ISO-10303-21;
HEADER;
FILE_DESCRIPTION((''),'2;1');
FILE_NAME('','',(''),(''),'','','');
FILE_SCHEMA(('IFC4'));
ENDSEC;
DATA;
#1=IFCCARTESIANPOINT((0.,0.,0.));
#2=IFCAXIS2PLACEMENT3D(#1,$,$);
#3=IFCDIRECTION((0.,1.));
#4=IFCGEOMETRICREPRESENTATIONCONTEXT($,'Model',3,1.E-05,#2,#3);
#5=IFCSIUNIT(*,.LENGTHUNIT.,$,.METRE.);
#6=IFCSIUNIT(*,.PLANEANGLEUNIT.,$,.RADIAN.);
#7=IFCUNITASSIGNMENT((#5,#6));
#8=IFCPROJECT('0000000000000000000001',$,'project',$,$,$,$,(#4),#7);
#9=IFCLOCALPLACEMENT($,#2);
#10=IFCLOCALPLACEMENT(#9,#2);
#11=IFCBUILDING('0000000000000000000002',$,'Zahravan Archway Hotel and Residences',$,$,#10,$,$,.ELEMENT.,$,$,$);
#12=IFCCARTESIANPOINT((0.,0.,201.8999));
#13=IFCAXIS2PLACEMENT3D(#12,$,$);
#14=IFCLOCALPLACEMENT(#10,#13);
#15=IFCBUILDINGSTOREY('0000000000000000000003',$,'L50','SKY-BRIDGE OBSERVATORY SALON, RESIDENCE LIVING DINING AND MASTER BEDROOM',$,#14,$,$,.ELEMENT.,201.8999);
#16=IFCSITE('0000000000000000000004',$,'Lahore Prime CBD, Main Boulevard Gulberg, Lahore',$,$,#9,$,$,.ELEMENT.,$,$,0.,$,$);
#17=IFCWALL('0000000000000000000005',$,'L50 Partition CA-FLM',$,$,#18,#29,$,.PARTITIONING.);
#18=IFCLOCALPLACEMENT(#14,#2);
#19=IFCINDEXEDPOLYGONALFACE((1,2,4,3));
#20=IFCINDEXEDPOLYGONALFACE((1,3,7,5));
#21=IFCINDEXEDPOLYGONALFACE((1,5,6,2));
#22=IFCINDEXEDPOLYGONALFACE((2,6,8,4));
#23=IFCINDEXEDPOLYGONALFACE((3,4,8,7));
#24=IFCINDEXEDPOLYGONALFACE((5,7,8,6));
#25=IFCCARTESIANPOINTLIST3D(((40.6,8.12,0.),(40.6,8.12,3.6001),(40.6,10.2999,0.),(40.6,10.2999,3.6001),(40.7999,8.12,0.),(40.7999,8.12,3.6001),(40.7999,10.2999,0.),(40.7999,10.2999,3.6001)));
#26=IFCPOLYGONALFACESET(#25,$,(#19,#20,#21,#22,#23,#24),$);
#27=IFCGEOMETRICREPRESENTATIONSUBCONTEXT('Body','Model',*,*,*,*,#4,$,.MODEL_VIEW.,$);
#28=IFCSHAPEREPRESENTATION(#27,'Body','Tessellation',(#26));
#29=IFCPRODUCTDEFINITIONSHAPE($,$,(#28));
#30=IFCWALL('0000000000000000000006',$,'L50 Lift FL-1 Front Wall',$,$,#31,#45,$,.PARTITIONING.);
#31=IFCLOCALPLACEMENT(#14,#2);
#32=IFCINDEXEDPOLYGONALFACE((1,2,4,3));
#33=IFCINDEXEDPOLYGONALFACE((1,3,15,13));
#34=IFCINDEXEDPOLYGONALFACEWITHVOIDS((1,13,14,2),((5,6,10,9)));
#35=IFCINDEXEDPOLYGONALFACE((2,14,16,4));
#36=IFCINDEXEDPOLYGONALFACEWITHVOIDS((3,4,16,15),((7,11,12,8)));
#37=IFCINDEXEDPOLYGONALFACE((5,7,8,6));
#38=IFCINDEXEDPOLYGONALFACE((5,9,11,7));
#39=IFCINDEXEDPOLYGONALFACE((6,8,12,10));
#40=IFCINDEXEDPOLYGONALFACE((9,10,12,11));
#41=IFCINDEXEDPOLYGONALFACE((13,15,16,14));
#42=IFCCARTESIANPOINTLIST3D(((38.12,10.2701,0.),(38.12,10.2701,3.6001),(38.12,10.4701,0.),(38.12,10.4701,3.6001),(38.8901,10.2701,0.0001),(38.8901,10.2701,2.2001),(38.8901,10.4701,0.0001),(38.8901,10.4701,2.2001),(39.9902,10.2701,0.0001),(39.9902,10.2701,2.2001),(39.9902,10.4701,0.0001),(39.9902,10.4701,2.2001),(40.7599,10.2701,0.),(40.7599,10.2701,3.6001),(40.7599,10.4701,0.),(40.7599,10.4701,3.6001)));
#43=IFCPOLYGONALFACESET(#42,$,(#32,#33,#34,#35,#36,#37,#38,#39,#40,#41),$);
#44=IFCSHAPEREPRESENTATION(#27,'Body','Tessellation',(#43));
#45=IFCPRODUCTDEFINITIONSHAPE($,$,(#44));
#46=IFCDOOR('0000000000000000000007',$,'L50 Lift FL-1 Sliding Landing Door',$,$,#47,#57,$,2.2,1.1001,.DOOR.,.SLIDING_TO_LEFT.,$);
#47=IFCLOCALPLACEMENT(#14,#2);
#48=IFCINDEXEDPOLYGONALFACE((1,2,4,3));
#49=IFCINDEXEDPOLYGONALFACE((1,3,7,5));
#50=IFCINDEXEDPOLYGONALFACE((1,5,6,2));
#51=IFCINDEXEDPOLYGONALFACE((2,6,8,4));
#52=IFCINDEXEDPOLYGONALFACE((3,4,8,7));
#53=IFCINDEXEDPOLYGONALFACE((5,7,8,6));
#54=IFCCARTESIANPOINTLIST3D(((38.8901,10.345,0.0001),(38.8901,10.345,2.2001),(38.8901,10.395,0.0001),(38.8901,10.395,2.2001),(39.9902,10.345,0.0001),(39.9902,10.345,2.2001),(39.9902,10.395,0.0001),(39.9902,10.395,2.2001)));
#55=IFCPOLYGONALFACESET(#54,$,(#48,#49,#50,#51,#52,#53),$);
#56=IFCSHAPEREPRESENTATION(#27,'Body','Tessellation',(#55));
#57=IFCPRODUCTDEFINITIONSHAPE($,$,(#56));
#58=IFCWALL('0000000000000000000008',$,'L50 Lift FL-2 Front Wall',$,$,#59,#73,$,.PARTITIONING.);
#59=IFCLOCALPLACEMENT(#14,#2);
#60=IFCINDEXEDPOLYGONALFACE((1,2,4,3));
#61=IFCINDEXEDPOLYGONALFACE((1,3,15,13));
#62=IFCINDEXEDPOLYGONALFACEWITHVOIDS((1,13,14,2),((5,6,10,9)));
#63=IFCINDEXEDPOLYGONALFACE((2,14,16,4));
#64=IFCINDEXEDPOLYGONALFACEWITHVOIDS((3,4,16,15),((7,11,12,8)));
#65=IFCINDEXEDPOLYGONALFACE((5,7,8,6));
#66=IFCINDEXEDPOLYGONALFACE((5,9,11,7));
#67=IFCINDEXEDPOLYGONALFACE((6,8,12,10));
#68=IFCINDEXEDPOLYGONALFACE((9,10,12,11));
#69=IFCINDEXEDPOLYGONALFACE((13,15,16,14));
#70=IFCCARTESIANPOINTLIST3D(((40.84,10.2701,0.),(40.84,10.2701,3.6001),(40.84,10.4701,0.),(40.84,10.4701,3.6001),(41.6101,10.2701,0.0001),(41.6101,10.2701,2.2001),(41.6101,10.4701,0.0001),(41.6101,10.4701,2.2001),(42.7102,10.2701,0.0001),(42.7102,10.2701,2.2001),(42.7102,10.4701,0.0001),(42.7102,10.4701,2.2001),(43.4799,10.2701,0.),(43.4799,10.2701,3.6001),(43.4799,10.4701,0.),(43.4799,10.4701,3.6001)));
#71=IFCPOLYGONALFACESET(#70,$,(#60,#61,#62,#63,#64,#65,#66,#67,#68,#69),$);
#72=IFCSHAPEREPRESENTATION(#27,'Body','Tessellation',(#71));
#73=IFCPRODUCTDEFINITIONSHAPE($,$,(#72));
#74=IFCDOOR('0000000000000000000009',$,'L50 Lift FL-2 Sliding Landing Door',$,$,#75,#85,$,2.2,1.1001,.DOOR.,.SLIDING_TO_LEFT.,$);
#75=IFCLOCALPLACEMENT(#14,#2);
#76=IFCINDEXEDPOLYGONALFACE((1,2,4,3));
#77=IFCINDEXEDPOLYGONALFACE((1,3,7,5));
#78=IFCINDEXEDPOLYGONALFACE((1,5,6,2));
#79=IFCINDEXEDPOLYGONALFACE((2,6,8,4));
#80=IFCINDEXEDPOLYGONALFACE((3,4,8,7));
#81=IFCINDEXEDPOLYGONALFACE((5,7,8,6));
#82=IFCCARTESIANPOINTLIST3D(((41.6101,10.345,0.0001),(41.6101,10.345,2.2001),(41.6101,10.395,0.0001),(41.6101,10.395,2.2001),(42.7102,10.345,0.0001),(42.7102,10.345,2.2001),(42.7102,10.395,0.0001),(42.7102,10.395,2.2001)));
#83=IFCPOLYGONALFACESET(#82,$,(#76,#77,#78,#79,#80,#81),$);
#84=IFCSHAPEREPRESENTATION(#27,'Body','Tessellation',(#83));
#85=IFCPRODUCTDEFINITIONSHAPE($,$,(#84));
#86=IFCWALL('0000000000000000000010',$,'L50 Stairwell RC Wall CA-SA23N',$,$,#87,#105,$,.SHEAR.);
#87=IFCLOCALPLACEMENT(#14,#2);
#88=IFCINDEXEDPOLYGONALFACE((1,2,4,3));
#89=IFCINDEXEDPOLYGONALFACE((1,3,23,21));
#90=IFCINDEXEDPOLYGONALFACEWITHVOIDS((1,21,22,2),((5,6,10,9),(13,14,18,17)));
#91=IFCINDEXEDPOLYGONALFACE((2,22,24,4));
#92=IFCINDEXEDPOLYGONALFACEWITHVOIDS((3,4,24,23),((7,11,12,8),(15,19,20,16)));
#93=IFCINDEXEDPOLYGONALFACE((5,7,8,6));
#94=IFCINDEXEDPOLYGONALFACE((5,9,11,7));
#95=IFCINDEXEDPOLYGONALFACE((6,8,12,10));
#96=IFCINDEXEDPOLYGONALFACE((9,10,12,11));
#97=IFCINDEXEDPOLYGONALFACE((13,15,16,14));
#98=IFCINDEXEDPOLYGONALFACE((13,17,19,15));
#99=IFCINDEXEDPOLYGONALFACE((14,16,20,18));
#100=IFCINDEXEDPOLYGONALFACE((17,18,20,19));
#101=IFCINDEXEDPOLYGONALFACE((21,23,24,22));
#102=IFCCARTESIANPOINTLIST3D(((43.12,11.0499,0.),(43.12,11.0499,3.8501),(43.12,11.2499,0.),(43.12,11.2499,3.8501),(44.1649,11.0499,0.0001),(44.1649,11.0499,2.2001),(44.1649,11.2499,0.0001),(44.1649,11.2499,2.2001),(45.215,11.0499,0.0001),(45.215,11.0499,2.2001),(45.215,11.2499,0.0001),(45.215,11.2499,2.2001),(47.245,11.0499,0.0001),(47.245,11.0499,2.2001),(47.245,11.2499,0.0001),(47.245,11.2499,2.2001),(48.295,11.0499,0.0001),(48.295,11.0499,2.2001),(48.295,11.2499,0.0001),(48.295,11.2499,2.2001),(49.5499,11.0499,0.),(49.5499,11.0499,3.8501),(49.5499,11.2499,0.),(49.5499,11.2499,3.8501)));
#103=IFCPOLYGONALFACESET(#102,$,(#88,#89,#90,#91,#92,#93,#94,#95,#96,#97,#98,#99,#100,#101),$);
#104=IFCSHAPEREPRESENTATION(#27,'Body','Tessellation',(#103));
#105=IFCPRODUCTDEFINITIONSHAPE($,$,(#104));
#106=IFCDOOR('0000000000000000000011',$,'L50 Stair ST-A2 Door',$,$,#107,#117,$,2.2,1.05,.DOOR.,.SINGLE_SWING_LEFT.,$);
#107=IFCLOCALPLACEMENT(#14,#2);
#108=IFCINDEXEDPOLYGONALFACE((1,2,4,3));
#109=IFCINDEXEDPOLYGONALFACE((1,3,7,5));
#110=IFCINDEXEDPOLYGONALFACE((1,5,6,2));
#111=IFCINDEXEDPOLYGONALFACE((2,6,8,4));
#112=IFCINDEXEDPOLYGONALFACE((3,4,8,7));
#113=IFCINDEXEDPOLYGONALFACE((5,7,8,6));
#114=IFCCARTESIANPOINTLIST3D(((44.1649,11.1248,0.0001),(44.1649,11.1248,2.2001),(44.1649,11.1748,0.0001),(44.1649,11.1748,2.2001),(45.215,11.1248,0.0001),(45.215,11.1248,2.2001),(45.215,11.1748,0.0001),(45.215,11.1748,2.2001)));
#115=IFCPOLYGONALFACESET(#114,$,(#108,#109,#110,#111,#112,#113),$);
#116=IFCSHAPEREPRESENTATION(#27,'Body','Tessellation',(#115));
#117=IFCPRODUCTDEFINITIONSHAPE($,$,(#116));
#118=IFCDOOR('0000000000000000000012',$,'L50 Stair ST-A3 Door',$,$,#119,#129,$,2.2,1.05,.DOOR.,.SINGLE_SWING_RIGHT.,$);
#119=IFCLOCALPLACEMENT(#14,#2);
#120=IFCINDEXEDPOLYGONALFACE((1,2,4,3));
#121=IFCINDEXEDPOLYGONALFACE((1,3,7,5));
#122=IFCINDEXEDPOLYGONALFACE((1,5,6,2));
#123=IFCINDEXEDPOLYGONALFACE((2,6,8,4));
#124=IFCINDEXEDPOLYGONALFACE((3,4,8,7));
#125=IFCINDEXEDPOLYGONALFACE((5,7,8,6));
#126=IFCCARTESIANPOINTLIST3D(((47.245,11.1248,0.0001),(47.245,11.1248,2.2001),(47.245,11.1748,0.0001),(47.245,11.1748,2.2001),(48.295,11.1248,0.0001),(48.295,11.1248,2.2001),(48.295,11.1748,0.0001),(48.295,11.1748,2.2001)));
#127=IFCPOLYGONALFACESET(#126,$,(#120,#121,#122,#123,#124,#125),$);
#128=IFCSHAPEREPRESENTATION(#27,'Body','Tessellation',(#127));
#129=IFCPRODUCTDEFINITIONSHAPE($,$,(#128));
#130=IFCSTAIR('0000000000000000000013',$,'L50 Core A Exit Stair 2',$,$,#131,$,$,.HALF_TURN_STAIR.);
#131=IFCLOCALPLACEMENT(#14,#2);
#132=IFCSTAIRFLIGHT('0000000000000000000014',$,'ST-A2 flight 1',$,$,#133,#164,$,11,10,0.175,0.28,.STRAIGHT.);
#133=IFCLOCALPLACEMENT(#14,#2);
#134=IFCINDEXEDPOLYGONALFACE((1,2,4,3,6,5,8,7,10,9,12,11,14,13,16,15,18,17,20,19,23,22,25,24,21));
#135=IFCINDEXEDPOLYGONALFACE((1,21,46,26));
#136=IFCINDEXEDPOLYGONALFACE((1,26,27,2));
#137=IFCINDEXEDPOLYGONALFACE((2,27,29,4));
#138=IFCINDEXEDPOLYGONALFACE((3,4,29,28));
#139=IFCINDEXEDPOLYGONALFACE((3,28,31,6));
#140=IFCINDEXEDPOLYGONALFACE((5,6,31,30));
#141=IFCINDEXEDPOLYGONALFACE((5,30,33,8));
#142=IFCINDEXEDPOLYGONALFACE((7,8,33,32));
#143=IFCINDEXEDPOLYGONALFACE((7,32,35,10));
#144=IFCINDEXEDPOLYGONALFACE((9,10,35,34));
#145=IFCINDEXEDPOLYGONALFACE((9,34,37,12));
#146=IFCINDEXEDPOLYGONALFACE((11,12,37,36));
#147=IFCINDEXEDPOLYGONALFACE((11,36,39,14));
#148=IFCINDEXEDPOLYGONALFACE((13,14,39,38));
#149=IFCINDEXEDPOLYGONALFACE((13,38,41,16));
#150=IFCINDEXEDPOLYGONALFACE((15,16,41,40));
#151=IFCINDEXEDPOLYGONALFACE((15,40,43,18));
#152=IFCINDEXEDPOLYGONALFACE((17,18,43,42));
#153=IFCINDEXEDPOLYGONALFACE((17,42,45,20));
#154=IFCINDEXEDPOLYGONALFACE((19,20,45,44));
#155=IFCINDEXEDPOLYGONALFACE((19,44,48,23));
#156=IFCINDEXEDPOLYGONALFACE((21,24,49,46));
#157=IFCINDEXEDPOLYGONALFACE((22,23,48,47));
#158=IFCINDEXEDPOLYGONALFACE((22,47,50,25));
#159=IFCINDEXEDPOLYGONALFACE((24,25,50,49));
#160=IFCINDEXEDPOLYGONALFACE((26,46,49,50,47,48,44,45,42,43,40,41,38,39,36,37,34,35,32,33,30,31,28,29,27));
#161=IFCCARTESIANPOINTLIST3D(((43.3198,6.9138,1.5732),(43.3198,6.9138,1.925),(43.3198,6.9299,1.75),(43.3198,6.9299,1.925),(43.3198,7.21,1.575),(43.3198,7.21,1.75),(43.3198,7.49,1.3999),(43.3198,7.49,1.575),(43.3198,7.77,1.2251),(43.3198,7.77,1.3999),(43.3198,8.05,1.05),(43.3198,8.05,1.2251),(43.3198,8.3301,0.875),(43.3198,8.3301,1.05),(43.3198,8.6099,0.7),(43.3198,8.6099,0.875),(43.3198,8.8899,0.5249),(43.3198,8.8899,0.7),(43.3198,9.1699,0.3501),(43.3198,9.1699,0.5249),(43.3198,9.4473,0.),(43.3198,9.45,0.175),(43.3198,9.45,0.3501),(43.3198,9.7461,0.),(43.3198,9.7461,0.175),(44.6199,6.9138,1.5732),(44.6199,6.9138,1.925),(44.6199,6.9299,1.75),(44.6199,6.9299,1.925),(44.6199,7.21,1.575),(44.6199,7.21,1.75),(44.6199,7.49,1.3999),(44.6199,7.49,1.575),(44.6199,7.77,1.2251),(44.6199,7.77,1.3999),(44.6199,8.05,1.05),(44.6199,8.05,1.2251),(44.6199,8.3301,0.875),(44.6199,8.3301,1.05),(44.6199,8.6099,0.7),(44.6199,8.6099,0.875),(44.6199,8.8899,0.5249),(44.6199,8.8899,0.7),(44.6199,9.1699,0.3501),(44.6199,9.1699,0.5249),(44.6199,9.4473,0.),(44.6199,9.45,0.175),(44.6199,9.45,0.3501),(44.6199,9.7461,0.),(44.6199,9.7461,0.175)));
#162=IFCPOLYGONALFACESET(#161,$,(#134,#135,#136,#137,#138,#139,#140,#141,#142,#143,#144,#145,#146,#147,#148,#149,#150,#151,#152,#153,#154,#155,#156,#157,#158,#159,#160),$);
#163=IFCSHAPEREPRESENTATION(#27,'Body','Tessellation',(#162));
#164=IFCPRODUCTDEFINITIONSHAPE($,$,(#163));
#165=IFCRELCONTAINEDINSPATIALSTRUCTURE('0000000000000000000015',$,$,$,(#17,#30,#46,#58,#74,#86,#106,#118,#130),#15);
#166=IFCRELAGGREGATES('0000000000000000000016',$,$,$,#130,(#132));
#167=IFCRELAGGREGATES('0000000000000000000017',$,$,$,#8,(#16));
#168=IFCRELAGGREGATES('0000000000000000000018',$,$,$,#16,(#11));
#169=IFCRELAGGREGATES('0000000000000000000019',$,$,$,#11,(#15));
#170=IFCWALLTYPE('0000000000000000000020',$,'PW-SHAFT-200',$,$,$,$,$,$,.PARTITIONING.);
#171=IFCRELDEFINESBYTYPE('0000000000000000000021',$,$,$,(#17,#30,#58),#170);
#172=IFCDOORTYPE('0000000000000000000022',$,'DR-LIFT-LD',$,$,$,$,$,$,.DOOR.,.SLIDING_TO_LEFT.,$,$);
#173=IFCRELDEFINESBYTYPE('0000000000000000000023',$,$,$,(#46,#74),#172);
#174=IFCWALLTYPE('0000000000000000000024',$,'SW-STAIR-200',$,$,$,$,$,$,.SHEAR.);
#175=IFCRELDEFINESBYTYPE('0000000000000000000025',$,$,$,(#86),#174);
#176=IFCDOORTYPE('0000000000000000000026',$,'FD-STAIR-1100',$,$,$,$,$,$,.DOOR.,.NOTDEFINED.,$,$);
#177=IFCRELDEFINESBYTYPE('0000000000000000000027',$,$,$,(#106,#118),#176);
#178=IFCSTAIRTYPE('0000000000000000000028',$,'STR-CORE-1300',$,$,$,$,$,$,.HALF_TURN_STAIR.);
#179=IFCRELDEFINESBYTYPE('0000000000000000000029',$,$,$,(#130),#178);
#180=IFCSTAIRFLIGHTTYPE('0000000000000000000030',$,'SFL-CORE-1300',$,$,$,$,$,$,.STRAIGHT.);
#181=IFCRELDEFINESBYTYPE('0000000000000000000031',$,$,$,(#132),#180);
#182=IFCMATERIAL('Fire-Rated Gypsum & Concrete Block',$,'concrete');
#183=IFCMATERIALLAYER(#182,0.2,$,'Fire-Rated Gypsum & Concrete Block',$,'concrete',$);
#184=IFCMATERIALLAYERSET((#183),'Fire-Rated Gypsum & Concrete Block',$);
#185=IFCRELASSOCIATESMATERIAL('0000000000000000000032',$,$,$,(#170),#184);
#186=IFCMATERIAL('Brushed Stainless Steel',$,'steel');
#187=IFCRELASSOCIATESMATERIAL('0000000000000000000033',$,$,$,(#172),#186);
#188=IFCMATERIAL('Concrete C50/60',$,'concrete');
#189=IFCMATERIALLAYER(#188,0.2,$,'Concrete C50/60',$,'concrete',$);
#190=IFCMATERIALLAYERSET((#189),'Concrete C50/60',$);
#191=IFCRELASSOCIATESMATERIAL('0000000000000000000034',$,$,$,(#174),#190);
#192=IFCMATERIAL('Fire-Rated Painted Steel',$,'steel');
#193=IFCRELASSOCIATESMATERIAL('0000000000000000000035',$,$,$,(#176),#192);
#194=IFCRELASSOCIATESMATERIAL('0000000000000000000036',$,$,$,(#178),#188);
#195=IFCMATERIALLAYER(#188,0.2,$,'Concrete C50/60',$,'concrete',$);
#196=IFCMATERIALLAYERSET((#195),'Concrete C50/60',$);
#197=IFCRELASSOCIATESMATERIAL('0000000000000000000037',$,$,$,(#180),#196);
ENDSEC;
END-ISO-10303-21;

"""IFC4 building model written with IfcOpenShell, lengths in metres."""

from ifc_helpers import new_model, si_unit, direction, frame, frame_2d, origin, place, context, subcontext, project, spatial, polyline, rectangle, outline, extrude, source, transform, mapped, material, layer, layer_set, type_object, type_shapes, element, fill, aggregate, save


model = new_model("IFC4")

# Units and contexts
model_context = context("Model", 3, precision=1e-05, world=origin(), true_north=direction((0.0, 1.0)))
body_context = subcontext(model_context, "Body", "Model", "MODEL_VIEW")
ifc_project = project(units=[si_unit("LENGTHUNIT", "METRE"), si_unit("PLANEANGLEUNIT", "RADIAN")], contexts=[model_context])

# Site, building, storey
site_placement = place(None, origin())
site = spatial("IfcSite", under=ifc_project, at=site_placement, Name="Lahore Prime CBD, Main Boulevard Gulberg, Lahore", CompositionType="ELEMENT", RefElevation=0.0)
building_placement = place(site_placement, origin())
building = spatial("IfcBuilding", under=site, at=building_placement, Name="Zahravan Archway Hotel and Residences", CompositionType="ELEMENT")
storey_placement = place(building_placement, frame((0.0, 0.0, 201.8999)))
storey = spatial("IfcBuildingStorey", under=building, at=storey_placement, Name="L50", Description="SKY-BRIDGE OBSERVATORY SALON, RESIDENCE LIVING DINING AND MASTER BEDROOM", CompositionType="ELEMENT", Elevation=201.8999)

# Shared definitions
ifc_material_1 = material(Name="Fire-Rated Gypsum & Concrete Block", Category="concrete")
ifc_material_2 = material(Name="Fire-Rated Painted Steel", Category="steel")

# Wall
ifc_layer_1 = layer(ifc_material_1, 0.2, Name="Fire-Rated Gypsum & Concrete Block", Category="concrete")
ifc_layer_set_1 = layer_set([ifc_layer_1], Name="Fire-Rated Gypsum & Concrete Block")
wall_type_1 = type_object("IfcWallType", Name="PW-SHAFT-200", PredefinedType="PARTITIONING", material=ifc_layer_set_1)
wall_1_placement = place(storey_placement, frame((40.7, 8.1201, 0.0), z_axis=(0.0, 0.0, 1.0), x_axis=(0.0, 1.0, 0.0)))
element("IfcWall", 1, at=wall_1_placement, inside=storey, type_object=wall_type_1, Name="L50 Partition CA-FLM", PredefinedType="PARTITIONING", context=body_context, shape_type="SweptSolid", body=[
    extrude(rectangle(XDim=2.1799, YDim=0.2, at=frame_2d((1.0898, 0.0))), origin(), (0.0, 0.0, 1.0), 3.6001),
])

# Walls, openings, doors
wall_2_placement = place(storey_placement, frame((38.1201, 10.3701, 0.0), z_axis=(0.0, 0.0, 1.0), x_axis=(1.0, 0.0, 0.0)))
wall_2 = element("IfcWall", 2, at=wall_2_placement, inside=storey, type_object=wall_type_1, Name="L50 Lift FL-1 Front Wall", PredefinedType="PARTITIONING", context=body_context, shape_type="SweptSolid", body=[
    extrude(rectangle(XDim=2.6399, YDim=0.2, at=frame_2d((1.3198, 0.0))), origin(), (0.0, 0.0, 1.0), 3.6001),
])
opening_1_placement = place(wall_2_placement, frame((0.77, 0.0, 0.0)))
opening_1 = element("IfcOpeningElement", 3, at=opening_1_placement, cuts=wall_2, PredefinedType="OPENING", context=body_context, shape_type="SweptSolid", body=[
    extrude(rectangle(XDim=1.1001, YDim=2.2, at=frame_2d((0.55, 1.1001))), frame((0.0, 0.1099, 0.0), z_axis=(0.0, -1.0, 0.0), x_axis=(1.0, 0.0, 0.0)), (0.0, 0.0, 1.0), 0.22),
])
ifc_material_3 = material(Name="Brushed Stainless Steel", Category="steel")
door_type_1 = type_object("IfcDoorType", Name="DR-LIFT-LD", OperationType="SLIDING_TO_LEFT", PredefinedType="DOOR", material=ifc_material_3)
shared_shape_1 = source(origin(), body_context, "Body", "SweptSolid", [
    extrude(rectangle(XDim=1.1001, YDim=2.2, at=frame_2d((0.55, 1.1001))), frame((0.0, 0.0249, 0.0), z_axis=(0.0, -1.0, 0.0), x_axis=(1.0, 0.0, 0.0)), (0.0, 0.0, 1.0), 0.05),
])
type_shapes(door_type_1, [shared_shape_1])
door_1_placement = place(opening_1_placement, origin())
door_1 = element("IfcDoor", 4, at=door_1_placement, inside=storey, type_object=door_type_1, Name="L50 Lift FL-1 Sliding Landing Door", OperationType="SLIDING_TO_LEFT", OverallHeight=2.2, OverallWidth=1.1001, PredefinedType="DOOR", context=body_context, shape_type="MappedRepresentation", body=[
    mapped(shared_shape_1, transform((0.0, 0.0, 0.0), scale=1.0)),
])
fill(opening_1, door_1)
wall_3_placement = place(storey_placement, frame((40.8401, 10.3701, 0.0), z_axis=(0.0, 0.0, 1.0), x_axis=(1.0, 0.0, 0.0)))
wall_3 = element("IfcWall", 5, at=wall_3_placement, inside=storey, type_object=wall_type_1, Name="L50 Lift FL-2 Front Wall", PredefinedType="PARTITIONING", context=body_context, shape_type="SweptSolid", body=[
    extrude(rectangle(XDim=2.6399, YDim=0.2, at=frame_2d((1.3198, 0.0))), origin(), (0.0, 0.0, 1.0), 3.6001),
])
opening_2_placement = place(wall_3_placement, frame((0.77, 0.0, 0.0)))
opening_2 = element("IfcOpeningElement", 6, at=opening_2_placement, cuts=wall_3, PredefinedType="OPENING", context=body_context, shape_type="SweptSolid", body=[
    extrude(rectangle(XDim=1.1001, YDim=2.2, at=frame_2d((0.55, 1.1001))), frame((0.0, 0.1099, 0.0), z_axis=(0.0, -1.0, 0.0), x_axis=(1.0, 0.0, 0.0)), (0.0, 0.0, 1.0), 0.22),
])
door_2_placement = place(opening_2_placement, origin())
door_2 = element("IfcDoor", 7, at=door_2_placement, inside=storey, type_object=door_type_1, Name="L50 Lift FL-2 Sliding Landing Door", OperationType="SLIDING_TO_LEFT", OverallHeight=2.2, OverallWidth=1.1001, PredefinedType="DOOR", context=body_context, shape_type="MappedRepresentation", body=[
    mapped(shared_shape_1, transform((0.0, 0.0, 0.0), scale=1.0)),
])
fill(opening_2, door_2)

# Wall, openings, doors
ifc_material_4 = material(Name="Concrete C50/60", Category="concrete")
ifc_layer_2 = layer(ifc_material_4, 0.2, Name="Concrete C50/60", Category="concrete")
ifc_layer_set_2 = layer_set([ifc_layer_2], Name="Concrete C50/60")
wall_type_2 = type_object("IfcWallType", Name="SW-STAIR-200", PredefinedType="SHEAR", material=ifc_layer_set_2)
wall_4_placement = place(storey_placement, frame((43.1201, 11.1499, 0.0), z_axis=(0.0, 0.0, 1.0), x_axis=(1.0, 0.0, 0.0)))
wall_4 = element("IfcWall", 8, at=wall_4_placement, inside=storey, type_object=wall_type_2, Name="L50 Stairwell RC Wall CA-SA23N", PredefinedType="SHEAR", context=body_context, shape_type="SweptSolid", body=[
    extrude(rectangle(XDim=6.4299, YDim=0.2, at=frame_2d((3.2148, 0.0))), origin(), (0.0, 0.0, 1.0), 3.8501),
])
opening_3_placement = place(wall_4_placement, frame((1.0449, 0.0, 0.0)))
opening_3 = element("IfcOpeningElement", 9, at=opening_3_placement, cuts=wall_4, PredefinedType="OPENING", context=body_context, shape_type="SweptSolid", body=[
    extrude(rectangle(XDim=1.05, YDim=2.2, at=frame_2d((0.5249, 1.1001))), frame((0.0, 0.1099, 0.0), z_axis=(0.0, -1.0, 0.0), x_axis=(1.0, 0.0, 0.0)), (0.0, 0.0, 1.0), 0.22),
])
opening_4_placement = place(wall_4_placement, frame((4.125, 0.0, 0.0)))
opening_4 = element("IfcOpeningElement", 10, at=opening_4_placement, cuts=wall_4, PredefinedType="OPENING", context=body_context, shape_type="SweptSolid", body=[
    extrude(rectangle(XDim=1.05, YDim=2.2, at=frame_2d((0.5249, 1.1001))), frame((0.0, 0.1099, 0.0), z_axis=(0.0, -1.0, 0.0), x_axis=(1.0, 0.0, 0.0)), (0.0, 0.0, 1.0), 0.22),
])
door_type_2 = type_object("IfcDoorType", Name="FD-STAIR-1100", OperationType="NOTDEFINED", PredefinedType="DOOR", material=ifc_material_2)
shared_shape_2 = source(origin(), body_context, "Body", "SweptSolid", [
    extrude(rectangle(XDim=1.05, YDim=2.2, at=frame_2d((0.5249, 1.1001))), frame((0.0, 0.0249, 0.0), z_axis=(0.0, -1.0, 0.0), x_axis=(1.0, 0.0, 0.0)), (0.0, 0.0, 1.0), 0.05),
])
type_shapes(door_type_2, [shared_shape_2])
door_3_placement = place(opening_3_placement, origin())
door_3 = element("IfcDoor", 11, at=door_3_placement, inside=storey, type_object=door_type_2, Name="L50 Stair ST-A2 Door", OperationType="SINGLE_SWING_LEFT", OverallHeight=2.2, OverallWidth=1.05, PredefinedType="DOOR", context=body_context, shape_type="MappedRepresentation", body=[
    mapped(shared_shape_2, transform((0.0, 0.0, 0.0), scale=1.0)),
])
fill(opening_3, door_3)
door_4_placement = place(opening_4_placement, origin())
door_4 = element("IfcDoor", 12, at=door_4_placement, inside=storey, type_object=door_type_2, Name="L50 Stair ST-A3 Door", OperationType="SINGLE_SWING_RIGHT", OverallHeight=2.2, OverallWidth=1.05, PredefinedType="DOOR", context=body_context, shape_type="MappedRepresentation", body=[
    mapped(shared_shape_2, transform((0.0, 0.0, 0.0), scale=1.0)),
])
fill(opening_4, door_4)

# Stair, stair flight
stair_type = type_object("IfcStairType", Name="STR-CORE-1300", PredefinedType="HALF_TURN_STAIR", material=ifc_material_4)
stair_1_placement = place(storey_placement, origin())
stair_1 = element("IfcStair", 13, at=stair_1_placement, inside=storey, type_object=stair_type, Name="L50 Core A Exit Stair 2", PredefinedType="HALF_TURN_STAIR")
ifc_layer_3 = layer(ifc_material_4, 0.2, Name="Concrete C50/60", Category="concrete")
ifc_layer_set_3 = layer_set([ifc_layer_3], Name="Concrete C50/60")
stair_flight_type = type_object("IfcStairFlightType", Name="SFL-CORE-1300", PredefinedType="STRAIGHT", material=ifc_layer_set_3)
shared_shape_3 = source(origin(), body_context, "Body", "SweptSolid", [
    extrude(outline(polyline([(-0.0161, 0.0), (-0.0161, 0.175), (0.28, 0.175), (0.28, 0.3501), (0.5601, 0.3501), (0.5601, 0.5249), (0.8401, 0.5249), (0.8401, 0.7), (1.1201, 0.7), (1.1201, 0.875), (1.3999, 0.875), (1.3999, 1.05), (1.6799, 1.05), (1.6799, 1.2251), (1.96, 1.2251), (1.96, 1.3999), (2.24, 1.3999), (2.24, 1.575), (2.52, 1.575), (2.52, 1.75), (2.8, 1.75), (2.8, 1.925), (2.8162, 1.925), (2.8162, 1.5732), (0.2827, 0.0), (-0.0161, 0.0)])), frame((0.0, 0.6499, 0.0), z_axis=(0.0, -1.0, 0.0), x_axis=(1.0, 0.0, 0.0)), (0.0, 0.0, 1.0), 1.3),
])
stair_flight_1_placement = place(storey_placement, frame((43.97, 9.73, 0.0), z_axis=(0.0, 0.0, 1.0), x_axis=(0.0, -1.0, 0.0)))
stair_flight_1 = element("IfcStairFlight", 14, at=stair_flight_1_placement, type_object=stair_flight_type, Name="ST-A2 flight 1", NumberOfRisers=11, NumberOfTreads=10, PredefinedType="STRAIGHT", RiserHeight=0.175, TreadLength=0.28, context=body_context, shape_type="MappedRepresentation", body=[
    mapped(shared_shape_3, transform((0.0, 0.0, 0.0), scale=1.0)),
])
aggregate(stair_1, [stair_flight_1])

save(model, "model.ifc")
